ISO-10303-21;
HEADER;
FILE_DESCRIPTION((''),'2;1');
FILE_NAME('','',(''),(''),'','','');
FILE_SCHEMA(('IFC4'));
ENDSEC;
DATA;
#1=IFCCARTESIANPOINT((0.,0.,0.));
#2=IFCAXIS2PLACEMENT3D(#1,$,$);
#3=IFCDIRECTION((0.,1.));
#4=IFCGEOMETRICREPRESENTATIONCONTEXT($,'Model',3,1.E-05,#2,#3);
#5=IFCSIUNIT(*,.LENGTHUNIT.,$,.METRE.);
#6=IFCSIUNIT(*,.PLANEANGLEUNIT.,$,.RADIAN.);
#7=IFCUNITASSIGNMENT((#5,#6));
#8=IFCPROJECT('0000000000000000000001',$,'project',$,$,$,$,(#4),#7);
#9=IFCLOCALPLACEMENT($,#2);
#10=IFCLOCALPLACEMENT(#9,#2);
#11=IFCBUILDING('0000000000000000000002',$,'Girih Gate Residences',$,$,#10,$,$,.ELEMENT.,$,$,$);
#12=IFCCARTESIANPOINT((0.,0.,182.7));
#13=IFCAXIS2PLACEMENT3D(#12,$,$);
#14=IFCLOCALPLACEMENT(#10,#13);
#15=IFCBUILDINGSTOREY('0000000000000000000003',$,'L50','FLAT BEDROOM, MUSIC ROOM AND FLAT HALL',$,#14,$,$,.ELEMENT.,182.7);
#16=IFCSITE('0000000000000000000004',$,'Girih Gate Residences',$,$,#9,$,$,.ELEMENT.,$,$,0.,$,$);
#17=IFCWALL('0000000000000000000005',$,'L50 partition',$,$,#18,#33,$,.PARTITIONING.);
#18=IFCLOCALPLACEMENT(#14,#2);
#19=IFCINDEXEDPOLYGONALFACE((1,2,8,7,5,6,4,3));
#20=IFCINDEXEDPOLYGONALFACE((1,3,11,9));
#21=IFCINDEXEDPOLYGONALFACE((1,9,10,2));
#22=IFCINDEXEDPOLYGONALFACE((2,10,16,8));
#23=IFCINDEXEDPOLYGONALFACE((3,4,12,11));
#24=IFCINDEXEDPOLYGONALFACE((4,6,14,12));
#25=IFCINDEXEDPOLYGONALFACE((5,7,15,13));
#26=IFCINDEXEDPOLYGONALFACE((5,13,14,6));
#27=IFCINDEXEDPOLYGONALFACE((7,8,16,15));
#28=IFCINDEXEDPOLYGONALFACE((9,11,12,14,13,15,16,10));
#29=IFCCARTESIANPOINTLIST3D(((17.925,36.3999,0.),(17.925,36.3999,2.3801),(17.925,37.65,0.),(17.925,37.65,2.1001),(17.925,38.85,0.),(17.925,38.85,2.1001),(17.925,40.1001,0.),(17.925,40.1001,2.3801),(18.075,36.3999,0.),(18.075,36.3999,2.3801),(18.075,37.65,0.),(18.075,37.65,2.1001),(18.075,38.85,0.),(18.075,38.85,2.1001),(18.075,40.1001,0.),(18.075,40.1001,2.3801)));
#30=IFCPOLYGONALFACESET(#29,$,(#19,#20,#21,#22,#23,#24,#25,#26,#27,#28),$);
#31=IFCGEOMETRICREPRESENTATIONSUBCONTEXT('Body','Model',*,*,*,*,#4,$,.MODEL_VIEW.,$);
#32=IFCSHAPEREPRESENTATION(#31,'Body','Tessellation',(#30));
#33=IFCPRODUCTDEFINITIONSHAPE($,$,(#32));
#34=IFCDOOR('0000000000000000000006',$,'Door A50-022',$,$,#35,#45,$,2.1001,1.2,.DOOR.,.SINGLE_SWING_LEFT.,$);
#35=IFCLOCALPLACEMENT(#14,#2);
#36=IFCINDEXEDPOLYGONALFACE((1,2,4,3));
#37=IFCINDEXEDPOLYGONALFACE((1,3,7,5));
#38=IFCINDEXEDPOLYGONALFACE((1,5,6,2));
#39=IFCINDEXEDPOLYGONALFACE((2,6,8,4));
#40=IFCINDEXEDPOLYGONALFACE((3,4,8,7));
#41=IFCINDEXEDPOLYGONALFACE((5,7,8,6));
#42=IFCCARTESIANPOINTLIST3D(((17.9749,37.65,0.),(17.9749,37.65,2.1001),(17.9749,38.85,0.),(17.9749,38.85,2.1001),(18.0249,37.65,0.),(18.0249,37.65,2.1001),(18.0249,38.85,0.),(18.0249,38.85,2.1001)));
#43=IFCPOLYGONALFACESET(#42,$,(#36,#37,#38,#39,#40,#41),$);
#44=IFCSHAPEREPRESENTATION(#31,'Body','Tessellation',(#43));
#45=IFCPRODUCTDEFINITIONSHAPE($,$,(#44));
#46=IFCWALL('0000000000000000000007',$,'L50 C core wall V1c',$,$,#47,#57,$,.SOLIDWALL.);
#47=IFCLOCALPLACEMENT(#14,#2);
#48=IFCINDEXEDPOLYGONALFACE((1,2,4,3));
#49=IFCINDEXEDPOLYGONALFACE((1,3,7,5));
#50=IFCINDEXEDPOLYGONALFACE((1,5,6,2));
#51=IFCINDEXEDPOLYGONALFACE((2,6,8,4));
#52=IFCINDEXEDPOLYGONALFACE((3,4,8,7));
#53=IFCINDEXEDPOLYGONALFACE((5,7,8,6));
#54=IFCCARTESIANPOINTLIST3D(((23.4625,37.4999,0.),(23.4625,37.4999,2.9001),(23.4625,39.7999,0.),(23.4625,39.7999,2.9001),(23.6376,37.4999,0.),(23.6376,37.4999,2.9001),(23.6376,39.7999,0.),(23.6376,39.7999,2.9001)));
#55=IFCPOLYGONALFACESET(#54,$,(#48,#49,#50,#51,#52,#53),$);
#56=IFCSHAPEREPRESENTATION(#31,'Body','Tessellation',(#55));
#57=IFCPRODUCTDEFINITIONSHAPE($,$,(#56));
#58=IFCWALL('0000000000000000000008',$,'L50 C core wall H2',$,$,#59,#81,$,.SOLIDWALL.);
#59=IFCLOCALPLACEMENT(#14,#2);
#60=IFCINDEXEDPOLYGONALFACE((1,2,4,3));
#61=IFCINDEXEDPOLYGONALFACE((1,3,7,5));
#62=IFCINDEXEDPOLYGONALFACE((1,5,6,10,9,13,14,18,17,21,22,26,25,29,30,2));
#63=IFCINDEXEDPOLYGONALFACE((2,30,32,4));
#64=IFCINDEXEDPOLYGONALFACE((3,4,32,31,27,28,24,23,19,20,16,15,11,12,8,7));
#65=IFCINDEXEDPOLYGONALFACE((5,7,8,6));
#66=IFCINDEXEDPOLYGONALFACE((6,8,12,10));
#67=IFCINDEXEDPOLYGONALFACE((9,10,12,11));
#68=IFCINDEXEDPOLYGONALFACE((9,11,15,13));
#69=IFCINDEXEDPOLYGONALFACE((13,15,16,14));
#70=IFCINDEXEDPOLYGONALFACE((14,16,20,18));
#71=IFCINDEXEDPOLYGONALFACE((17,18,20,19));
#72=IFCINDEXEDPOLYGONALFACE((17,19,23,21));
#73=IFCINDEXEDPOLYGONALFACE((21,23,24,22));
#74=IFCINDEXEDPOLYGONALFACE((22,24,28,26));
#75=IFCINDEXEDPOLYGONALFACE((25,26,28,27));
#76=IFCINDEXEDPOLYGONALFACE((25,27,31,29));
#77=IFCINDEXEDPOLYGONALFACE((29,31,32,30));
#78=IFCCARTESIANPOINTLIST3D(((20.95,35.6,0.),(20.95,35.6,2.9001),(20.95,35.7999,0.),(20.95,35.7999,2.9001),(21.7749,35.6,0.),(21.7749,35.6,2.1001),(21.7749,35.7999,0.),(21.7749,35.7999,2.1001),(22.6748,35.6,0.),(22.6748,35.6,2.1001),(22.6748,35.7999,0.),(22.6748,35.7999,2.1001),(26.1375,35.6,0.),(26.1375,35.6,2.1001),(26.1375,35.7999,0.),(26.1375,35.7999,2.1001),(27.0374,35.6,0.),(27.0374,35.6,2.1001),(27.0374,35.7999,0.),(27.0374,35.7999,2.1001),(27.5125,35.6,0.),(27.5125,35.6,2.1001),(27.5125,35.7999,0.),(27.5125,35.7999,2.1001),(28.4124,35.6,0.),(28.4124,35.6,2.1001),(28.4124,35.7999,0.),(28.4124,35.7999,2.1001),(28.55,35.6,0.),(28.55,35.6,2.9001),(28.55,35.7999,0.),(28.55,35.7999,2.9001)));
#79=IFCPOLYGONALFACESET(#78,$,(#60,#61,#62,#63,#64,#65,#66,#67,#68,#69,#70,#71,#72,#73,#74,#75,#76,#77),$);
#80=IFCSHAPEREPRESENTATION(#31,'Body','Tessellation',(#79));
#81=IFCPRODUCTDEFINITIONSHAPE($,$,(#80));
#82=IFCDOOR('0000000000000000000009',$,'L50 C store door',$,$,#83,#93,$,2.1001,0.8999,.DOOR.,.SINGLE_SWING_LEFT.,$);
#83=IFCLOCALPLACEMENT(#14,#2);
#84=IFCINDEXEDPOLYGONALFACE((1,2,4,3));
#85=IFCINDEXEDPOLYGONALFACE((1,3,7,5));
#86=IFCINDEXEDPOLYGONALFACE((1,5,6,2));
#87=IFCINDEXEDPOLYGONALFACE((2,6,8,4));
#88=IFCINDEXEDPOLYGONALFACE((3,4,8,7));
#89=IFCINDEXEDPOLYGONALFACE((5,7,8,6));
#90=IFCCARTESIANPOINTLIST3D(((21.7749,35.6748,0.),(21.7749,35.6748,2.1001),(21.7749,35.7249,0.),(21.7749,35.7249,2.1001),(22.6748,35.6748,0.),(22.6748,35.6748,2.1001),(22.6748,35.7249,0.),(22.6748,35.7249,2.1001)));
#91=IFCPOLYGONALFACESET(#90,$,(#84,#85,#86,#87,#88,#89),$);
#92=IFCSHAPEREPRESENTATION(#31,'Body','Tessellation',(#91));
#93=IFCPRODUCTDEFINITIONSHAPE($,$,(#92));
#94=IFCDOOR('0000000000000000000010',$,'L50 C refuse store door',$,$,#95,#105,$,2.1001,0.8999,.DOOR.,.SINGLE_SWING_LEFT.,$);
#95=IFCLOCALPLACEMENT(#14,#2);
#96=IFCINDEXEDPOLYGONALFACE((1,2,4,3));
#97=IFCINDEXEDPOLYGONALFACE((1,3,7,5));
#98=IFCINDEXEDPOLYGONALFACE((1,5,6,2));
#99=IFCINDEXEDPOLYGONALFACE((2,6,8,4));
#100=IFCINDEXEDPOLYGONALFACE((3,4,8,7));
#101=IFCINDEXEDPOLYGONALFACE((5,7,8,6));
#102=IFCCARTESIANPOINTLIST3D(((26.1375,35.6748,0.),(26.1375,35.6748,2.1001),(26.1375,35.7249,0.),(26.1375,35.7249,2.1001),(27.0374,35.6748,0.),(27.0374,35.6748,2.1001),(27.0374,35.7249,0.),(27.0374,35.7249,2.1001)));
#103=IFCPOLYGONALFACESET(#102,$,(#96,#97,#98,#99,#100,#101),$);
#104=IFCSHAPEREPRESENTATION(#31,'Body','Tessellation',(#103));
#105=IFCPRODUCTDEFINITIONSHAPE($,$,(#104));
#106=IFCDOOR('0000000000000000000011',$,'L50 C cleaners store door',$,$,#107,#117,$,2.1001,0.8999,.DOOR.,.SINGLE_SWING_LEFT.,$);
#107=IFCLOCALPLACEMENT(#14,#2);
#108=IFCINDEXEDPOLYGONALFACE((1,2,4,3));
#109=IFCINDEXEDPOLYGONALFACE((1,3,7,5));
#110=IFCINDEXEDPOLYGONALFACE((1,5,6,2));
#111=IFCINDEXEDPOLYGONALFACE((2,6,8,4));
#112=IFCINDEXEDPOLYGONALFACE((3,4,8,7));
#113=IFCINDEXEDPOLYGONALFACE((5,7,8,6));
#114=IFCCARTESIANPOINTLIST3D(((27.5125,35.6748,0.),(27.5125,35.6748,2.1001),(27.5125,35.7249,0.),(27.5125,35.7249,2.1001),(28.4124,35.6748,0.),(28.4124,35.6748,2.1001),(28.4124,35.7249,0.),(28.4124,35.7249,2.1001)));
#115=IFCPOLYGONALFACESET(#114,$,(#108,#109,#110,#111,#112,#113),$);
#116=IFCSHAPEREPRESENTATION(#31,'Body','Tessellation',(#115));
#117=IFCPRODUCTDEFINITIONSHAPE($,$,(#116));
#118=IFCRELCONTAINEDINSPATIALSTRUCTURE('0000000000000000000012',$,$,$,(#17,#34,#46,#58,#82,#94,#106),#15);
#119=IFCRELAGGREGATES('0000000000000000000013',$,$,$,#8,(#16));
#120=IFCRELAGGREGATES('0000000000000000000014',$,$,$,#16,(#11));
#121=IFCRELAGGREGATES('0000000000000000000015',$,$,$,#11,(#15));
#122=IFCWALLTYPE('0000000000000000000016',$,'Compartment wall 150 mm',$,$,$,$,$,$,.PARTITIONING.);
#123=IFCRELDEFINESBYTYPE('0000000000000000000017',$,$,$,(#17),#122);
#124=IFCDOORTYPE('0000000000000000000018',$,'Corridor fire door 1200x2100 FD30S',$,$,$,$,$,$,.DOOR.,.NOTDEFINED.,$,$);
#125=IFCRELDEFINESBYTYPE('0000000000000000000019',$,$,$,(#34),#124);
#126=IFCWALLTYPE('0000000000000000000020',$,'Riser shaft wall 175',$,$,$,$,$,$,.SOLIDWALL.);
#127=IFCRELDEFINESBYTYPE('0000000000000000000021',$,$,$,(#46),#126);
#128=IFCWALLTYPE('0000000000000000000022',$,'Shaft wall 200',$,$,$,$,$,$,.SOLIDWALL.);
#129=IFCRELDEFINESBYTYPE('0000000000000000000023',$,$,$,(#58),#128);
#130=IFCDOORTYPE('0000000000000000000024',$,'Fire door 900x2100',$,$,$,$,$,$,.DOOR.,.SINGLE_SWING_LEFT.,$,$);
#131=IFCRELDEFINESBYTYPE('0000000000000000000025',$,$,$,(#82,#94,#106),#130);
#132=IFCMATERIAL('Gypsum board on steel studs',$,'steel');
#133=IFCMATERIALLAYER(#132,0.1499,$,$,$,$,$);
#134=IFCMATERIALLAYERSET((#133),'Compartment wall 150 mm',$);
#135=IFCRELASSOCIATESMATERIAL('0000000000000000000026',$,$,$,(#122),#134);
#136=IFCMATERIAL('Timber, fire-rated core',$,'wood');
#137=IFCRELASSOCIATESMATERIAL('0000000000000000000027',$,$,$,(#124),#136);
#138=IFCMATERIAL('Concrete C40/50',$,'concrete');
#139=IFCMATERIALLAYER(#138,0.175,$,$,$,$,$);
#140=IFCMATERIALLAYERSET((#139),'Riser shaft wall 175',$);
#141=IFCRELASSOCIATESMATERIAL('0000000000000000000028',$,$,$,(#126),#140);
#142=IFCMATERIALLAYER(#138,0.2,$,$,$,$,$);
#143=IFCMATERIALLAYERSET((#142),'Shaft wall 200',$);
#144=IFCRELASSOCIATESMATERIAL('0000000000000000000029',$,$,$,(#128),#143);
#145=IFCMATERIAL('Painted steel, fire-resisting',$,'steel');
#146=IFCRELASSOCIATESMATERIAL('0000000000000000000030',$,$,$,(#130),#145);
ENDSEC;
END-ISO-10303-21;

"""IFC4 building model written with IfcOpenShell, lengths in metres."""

from ifc_helpers import new_model, si_unit, direction, frame, frame_2d, origin, place, context, subcontext, project, spatial, rectangle, extrude, material, layer, layer_set, type_object, element, fill, save


model = new_model("IFC4")

# Units and contexts
model_context = context("Model", 3, precision=1e-05, world=origin(), true_north=direction((0.0, 1.0)))
body_context = subcontext(model_context, "Body", "Model", "MODEL_VIEW")
ifc_project = project(units=[si_unit("LENGTHUNIT", "METRE"), si_unit("PLANEANGLEUNIT", "RADIAN")], contexts=[model_context])

# Site, building, storey
site_placement = place(None, origin())
site = spatial("IfcSite", under=ifc_project, at=site_placement, Name="Girih Gate Residences", CompositionType="ELEMENT", RefElevation=0.0)
building_placement = place(site_placement, origin())
building = spatial("IfcBuilding", under=site, at=building_placement, Name="Girih Gate Residences", CompositionType="ELEMENT")
storey_placement = place(building_placement, frame((0.0, 0.0, 182.7)))
storey = spatial("IfcBuildingStorey", under=building, at=storey_placement, Name="L50", Description="FLAT BEDROOM, MUSIC ROOM AND FLAT HALL", CompositionType="ELEMENT", Elevation=182.7)

# Wall, opening, door
ifc_material_1 = material(Name="Gypsum board on steel studs", Category="steel")
ifc_layer_1 = layer(ifc_material_1, 0.1499)
ifc_layer_set_1 = layer_set([ifc_layer_1], Name="Compartment wall 150 mm")
wall_type_1 = type_object("IfcWallType", Name="Compartment wall 150 mm", PredefinedType="PARTITIONING", material=ifc_layer_set_1)
ifc_material_2 = material(Name="Timber, fire-rated core", Category="wood")
wall_1_placement = place(storey_placement, frame((18.0, 40.1001, 0.0), z_axis=(0.0, 0.0, 1.0), x_axis=(0.0, -1.0, 0.0)))
wall_1 = element("IfcWall", 1, at=wall_1_placement, inside=storey, type_object=wall_type_1, Name="L50 partition", PredefinedType="PARTITIONING", context=body_context, shape_type="SweptSolid", body=[
    extrude(rectangle(XDim=3.7002, YDim=0.1499, at=frame_2d((1.8501, 0.0))), origin(), (0.0, 0.0, 1.0), 2.3801),
])
opening_1_placement = place(wall_1_placement, frame((1.25, 0.0, 0.0)))
opening_1 = element("IfcOpeningElement", 2, at=opening_1_placement, cuts=wall_1, PredefinedType="OPENING", context=body_context, shape_type="SweptSolid", body=[
    extrude(rectangle(XDim=1.2, YDim=2.1001, at=frame_2d((0.6001, 1.05))), frame((0.0, 0.085, 0.0), z_axis=(0.0, -1.0, 0.0), x_axis=(1.0, 0.0, 0.0)), (0.0, 0.0, 1.0), 0.1699),
])
door_type_1 = type_object("IfcDoorType", Name="Corridor fire door 1200x2100 FD30S", OperationType="NOTDEFINED", PredefinedType="DOOR", material=ifc_material_2)
door_1_placement = place(opening_1_placement, origin())
door_1 = element("IfcDoor", 3, at=door_1_placement, inside=storey, type_object=door_type_1, Name="Door A50-022", OperationType="SINGLE_SWING_LEFT", OverallHeight=2.1001, OverallWidth=1.2, PredefinedType="DOOR", context=body_context, shape_type="SweptSolid", body=[
    extrude(rectangle(XDim=1.2, YDim=2.1001, at=frame_2d((0.6001, 1.05))), frame((0.0, 0.0249, 0.0), z_axis=(0.0, -1.0, 0.0), x_axis=(1.0, 0.0, 0.0)), (0.0, 0.0, 1.0), 0.05),
])
fill(opening_1, door_1)

# Wall
ifc_material_3 = material(Name="Concrete C40/50", Category="concrete")
ifc_layer_2 = layer(ifc_material_3, 0.175)
ifc_layer_set_2 = layer_set([ifc_layer_2], Name="Riser shaft wall 175")
wall_type_2 = type_object("IfcWallType", Name="Riser shaft wall 175", PredefinedType="SOLIDWALL", material=ifc_layer_set_2)
wall_2_placement = place(storey_placement, frame((23.55, 37.5, 0.0), z_axis=(0.0, 0.0, 1.0), x_axis=(0.0, 1.0, 0.0)))
element("IfcWall", 4, at=wall_2_placement, inside=storey, type_object=wall_type_2, Name="L50 C core wall V1c", PredefinedType="SOLIDWALL", context=body_context, shape_type="SweptSolid", body=[
    extrude(rectangle(XDim=2.3, YDim=0.175, at=frame_2d((1.1499, 0.0))), origin(), (0.0, 0.0, 1.0), 2.9001),
])

# Wall, openings, doors
ifc_layer_3 = layer(ifc_material_3, 0.2)
ifc_layer_set_3 = layer_set([ifc_layer_3], Name="Shaft wall 200")
wall_type_3 = type_object("IfcWallType", Name="Shaft wall 200", PredefinedType="SOLIDWALL", material=ifc_layer_set_3)
wall_3_placement = place(storey_placement, frame((20.95, 35.7, 0.0), z_axis=(0.0, 0.0, 1.0), x_axis=(1.0, 0.0, 0.0)))
wall_3 = element("IfcWall", 5, at=wall_3_placement, inside=storey, type_object=wall_type_3, Name="L50 C core wall H2", PredefinedType="SOLIDWALL", context=body_context, shape_type="SweptSolid", body=[
    extrude(rectangle(XDim=7.6001, YDim=0.2, at=frame_2d((3.8, 0.0))), origin(), (0.0, 0.0, 1.0), 2.9001),
])
opening_2_placement = place(wall_3_placement, frame((0.825, 0.0, 0.0)))
opening_2 = element("IfcOpeningElement", 6, at=opening_2_placement, cuts=wall_3, PredefinedType="OPENING", context=body_context, shape_type="SweptSolid", body=[
    extrude(rectangle(XDim=0.8999, YDim=2.1001, at=frame_2d((0.45, 1.05))), frame((0.0, 0.1099, 0.0), z_axis=(0.0, -1.0, 0.0), x_axis=(1.0, 0.0, 0.0)), (0.0, 0.0, 1.0), 0.22),
])
opening_3_placement = place(wall_3_placement, frame((5.1875, 0.0, 0.0)))
opening_3 = element("IfcOpeningElement", 7, at=opening_3_placement, cuts=wall_3, PredefinedType="OPENING", context=body_context, shape_type="SweptSolid", body=[
    extrude(rectangle(XDim=0.8999, YDim=2.1001, at=frame_2d((0.45, 1.05))), frame((0.0, 0.1099, 0.0), z_axis=(0.0, -1.0, 0.0), x_axis=(1.0, 0.0, 0.0)), (0.0, 0.0, 1.0), 0.22),
])
opening_4_placement = place(wall_3_placement, frame((6.5625, 0.0, 0.0)))
opening_4 = element("IfcOpeningElement", 8, at=opening_4_placement, cuts=wall_3, PredefinedType="OPENING", context=body_context, shape_type="SweptSolid", body=[
    extrude(rectangle(XDim=0.8999, YDim=2.1001, at=frame_2d((0.45, 1.05))), frame((0.0, 0.1099, 0.0), z_axis=(0.0, -1.0, 0.0), x_axis=(1.0, 0.0, 0.0)), (0.0, 0.0, 1.0), 0.22),
])
ifc_material_4 = material(Name="Painted steel, fire-resisting", Category="steel")
door_type_2 = type_object("IfcDoorType", Name="Fire door 900x2100", OperationType="SINGLE_SWING_LEFT", PredefinedType="DOOR", material=ifc_material_4)
door_2_placement = place(opening_2_placement, origin())
door_2 = element("IfcDoor", 9, at=door_2_placement, inside=storey, type_object=door_type_2, Name="L50 C store door", OperationType="SINGLE_SWING_LEFT", OverallHeight=2.1001, OverallWidth=0.8999, PredefinedType="DOOR", context=body_context, shape_type="SweptSolid", body=[
    extrude(rectangle(XDim=0.8999, YDim=2.1001, at=frame_2d((0.45, 1.05))), frame((0.0, 0.0249, 0.0), z_axis=(0.0, -1.0, 0.0), x_axis=(1.0, 0.0, 0.0)), (0.0, 0.0, 1.0), 0.05),
])
fill(opening_2, door_2)
door_3_placement = place(opening_3_placement, origin())
door_3 = element("IfcDoor", 10, at=door_3_placement, inside=storey, type_object=door_type_2, Name="L50 C refuse store door", OperationType="SINGLE_SWING_LEFT", OverallHeight=2.1001, OverallWidth=0.8999, PredefinedType="DOOR", context=body_context, shape_type="SweptSolid", body=[
    extrude(rectangle(XDim=0.8999, YDim=2.1001, at=frame_2d((0.45, 1.05))), frame((0.0, 0.0249, 0.0), z_axis=(0.0, -1.0, 0.0), x_axis=(1.0, 0.0, 0.0)), (0.0, 0.0, 1.0), 0.05),
])
fill(opening_3, door_3)
door_4_placement = place(opening_4_placement, origin())
door_4 = element("IfcDoor", 11, at=door_4_placement, inside=storey, type_object=door_type_2, Name="L50 C cleaners store door", OperationType="SINGLE_SWING_LEFT", OverallHeight=2.1001, OverallWidth=0.8999, PredefinedType="DOOR", context=body_context, shape_type="SweptSolid", body=[
    extrude(rectangle(XDim=0.8999, YDim=2.1001, at=frame_2d((0.45, 1.05))), frame((0.0, 0.0249, 0.0), z_axis=(0.0, -1.0, 0.0), x_axis=(1.0, 0.0, 0.0)), (0.0, 0.0, 1.0), 0.05),
])
fill(opening_4, door_4)

save(model, "model.ifc")
